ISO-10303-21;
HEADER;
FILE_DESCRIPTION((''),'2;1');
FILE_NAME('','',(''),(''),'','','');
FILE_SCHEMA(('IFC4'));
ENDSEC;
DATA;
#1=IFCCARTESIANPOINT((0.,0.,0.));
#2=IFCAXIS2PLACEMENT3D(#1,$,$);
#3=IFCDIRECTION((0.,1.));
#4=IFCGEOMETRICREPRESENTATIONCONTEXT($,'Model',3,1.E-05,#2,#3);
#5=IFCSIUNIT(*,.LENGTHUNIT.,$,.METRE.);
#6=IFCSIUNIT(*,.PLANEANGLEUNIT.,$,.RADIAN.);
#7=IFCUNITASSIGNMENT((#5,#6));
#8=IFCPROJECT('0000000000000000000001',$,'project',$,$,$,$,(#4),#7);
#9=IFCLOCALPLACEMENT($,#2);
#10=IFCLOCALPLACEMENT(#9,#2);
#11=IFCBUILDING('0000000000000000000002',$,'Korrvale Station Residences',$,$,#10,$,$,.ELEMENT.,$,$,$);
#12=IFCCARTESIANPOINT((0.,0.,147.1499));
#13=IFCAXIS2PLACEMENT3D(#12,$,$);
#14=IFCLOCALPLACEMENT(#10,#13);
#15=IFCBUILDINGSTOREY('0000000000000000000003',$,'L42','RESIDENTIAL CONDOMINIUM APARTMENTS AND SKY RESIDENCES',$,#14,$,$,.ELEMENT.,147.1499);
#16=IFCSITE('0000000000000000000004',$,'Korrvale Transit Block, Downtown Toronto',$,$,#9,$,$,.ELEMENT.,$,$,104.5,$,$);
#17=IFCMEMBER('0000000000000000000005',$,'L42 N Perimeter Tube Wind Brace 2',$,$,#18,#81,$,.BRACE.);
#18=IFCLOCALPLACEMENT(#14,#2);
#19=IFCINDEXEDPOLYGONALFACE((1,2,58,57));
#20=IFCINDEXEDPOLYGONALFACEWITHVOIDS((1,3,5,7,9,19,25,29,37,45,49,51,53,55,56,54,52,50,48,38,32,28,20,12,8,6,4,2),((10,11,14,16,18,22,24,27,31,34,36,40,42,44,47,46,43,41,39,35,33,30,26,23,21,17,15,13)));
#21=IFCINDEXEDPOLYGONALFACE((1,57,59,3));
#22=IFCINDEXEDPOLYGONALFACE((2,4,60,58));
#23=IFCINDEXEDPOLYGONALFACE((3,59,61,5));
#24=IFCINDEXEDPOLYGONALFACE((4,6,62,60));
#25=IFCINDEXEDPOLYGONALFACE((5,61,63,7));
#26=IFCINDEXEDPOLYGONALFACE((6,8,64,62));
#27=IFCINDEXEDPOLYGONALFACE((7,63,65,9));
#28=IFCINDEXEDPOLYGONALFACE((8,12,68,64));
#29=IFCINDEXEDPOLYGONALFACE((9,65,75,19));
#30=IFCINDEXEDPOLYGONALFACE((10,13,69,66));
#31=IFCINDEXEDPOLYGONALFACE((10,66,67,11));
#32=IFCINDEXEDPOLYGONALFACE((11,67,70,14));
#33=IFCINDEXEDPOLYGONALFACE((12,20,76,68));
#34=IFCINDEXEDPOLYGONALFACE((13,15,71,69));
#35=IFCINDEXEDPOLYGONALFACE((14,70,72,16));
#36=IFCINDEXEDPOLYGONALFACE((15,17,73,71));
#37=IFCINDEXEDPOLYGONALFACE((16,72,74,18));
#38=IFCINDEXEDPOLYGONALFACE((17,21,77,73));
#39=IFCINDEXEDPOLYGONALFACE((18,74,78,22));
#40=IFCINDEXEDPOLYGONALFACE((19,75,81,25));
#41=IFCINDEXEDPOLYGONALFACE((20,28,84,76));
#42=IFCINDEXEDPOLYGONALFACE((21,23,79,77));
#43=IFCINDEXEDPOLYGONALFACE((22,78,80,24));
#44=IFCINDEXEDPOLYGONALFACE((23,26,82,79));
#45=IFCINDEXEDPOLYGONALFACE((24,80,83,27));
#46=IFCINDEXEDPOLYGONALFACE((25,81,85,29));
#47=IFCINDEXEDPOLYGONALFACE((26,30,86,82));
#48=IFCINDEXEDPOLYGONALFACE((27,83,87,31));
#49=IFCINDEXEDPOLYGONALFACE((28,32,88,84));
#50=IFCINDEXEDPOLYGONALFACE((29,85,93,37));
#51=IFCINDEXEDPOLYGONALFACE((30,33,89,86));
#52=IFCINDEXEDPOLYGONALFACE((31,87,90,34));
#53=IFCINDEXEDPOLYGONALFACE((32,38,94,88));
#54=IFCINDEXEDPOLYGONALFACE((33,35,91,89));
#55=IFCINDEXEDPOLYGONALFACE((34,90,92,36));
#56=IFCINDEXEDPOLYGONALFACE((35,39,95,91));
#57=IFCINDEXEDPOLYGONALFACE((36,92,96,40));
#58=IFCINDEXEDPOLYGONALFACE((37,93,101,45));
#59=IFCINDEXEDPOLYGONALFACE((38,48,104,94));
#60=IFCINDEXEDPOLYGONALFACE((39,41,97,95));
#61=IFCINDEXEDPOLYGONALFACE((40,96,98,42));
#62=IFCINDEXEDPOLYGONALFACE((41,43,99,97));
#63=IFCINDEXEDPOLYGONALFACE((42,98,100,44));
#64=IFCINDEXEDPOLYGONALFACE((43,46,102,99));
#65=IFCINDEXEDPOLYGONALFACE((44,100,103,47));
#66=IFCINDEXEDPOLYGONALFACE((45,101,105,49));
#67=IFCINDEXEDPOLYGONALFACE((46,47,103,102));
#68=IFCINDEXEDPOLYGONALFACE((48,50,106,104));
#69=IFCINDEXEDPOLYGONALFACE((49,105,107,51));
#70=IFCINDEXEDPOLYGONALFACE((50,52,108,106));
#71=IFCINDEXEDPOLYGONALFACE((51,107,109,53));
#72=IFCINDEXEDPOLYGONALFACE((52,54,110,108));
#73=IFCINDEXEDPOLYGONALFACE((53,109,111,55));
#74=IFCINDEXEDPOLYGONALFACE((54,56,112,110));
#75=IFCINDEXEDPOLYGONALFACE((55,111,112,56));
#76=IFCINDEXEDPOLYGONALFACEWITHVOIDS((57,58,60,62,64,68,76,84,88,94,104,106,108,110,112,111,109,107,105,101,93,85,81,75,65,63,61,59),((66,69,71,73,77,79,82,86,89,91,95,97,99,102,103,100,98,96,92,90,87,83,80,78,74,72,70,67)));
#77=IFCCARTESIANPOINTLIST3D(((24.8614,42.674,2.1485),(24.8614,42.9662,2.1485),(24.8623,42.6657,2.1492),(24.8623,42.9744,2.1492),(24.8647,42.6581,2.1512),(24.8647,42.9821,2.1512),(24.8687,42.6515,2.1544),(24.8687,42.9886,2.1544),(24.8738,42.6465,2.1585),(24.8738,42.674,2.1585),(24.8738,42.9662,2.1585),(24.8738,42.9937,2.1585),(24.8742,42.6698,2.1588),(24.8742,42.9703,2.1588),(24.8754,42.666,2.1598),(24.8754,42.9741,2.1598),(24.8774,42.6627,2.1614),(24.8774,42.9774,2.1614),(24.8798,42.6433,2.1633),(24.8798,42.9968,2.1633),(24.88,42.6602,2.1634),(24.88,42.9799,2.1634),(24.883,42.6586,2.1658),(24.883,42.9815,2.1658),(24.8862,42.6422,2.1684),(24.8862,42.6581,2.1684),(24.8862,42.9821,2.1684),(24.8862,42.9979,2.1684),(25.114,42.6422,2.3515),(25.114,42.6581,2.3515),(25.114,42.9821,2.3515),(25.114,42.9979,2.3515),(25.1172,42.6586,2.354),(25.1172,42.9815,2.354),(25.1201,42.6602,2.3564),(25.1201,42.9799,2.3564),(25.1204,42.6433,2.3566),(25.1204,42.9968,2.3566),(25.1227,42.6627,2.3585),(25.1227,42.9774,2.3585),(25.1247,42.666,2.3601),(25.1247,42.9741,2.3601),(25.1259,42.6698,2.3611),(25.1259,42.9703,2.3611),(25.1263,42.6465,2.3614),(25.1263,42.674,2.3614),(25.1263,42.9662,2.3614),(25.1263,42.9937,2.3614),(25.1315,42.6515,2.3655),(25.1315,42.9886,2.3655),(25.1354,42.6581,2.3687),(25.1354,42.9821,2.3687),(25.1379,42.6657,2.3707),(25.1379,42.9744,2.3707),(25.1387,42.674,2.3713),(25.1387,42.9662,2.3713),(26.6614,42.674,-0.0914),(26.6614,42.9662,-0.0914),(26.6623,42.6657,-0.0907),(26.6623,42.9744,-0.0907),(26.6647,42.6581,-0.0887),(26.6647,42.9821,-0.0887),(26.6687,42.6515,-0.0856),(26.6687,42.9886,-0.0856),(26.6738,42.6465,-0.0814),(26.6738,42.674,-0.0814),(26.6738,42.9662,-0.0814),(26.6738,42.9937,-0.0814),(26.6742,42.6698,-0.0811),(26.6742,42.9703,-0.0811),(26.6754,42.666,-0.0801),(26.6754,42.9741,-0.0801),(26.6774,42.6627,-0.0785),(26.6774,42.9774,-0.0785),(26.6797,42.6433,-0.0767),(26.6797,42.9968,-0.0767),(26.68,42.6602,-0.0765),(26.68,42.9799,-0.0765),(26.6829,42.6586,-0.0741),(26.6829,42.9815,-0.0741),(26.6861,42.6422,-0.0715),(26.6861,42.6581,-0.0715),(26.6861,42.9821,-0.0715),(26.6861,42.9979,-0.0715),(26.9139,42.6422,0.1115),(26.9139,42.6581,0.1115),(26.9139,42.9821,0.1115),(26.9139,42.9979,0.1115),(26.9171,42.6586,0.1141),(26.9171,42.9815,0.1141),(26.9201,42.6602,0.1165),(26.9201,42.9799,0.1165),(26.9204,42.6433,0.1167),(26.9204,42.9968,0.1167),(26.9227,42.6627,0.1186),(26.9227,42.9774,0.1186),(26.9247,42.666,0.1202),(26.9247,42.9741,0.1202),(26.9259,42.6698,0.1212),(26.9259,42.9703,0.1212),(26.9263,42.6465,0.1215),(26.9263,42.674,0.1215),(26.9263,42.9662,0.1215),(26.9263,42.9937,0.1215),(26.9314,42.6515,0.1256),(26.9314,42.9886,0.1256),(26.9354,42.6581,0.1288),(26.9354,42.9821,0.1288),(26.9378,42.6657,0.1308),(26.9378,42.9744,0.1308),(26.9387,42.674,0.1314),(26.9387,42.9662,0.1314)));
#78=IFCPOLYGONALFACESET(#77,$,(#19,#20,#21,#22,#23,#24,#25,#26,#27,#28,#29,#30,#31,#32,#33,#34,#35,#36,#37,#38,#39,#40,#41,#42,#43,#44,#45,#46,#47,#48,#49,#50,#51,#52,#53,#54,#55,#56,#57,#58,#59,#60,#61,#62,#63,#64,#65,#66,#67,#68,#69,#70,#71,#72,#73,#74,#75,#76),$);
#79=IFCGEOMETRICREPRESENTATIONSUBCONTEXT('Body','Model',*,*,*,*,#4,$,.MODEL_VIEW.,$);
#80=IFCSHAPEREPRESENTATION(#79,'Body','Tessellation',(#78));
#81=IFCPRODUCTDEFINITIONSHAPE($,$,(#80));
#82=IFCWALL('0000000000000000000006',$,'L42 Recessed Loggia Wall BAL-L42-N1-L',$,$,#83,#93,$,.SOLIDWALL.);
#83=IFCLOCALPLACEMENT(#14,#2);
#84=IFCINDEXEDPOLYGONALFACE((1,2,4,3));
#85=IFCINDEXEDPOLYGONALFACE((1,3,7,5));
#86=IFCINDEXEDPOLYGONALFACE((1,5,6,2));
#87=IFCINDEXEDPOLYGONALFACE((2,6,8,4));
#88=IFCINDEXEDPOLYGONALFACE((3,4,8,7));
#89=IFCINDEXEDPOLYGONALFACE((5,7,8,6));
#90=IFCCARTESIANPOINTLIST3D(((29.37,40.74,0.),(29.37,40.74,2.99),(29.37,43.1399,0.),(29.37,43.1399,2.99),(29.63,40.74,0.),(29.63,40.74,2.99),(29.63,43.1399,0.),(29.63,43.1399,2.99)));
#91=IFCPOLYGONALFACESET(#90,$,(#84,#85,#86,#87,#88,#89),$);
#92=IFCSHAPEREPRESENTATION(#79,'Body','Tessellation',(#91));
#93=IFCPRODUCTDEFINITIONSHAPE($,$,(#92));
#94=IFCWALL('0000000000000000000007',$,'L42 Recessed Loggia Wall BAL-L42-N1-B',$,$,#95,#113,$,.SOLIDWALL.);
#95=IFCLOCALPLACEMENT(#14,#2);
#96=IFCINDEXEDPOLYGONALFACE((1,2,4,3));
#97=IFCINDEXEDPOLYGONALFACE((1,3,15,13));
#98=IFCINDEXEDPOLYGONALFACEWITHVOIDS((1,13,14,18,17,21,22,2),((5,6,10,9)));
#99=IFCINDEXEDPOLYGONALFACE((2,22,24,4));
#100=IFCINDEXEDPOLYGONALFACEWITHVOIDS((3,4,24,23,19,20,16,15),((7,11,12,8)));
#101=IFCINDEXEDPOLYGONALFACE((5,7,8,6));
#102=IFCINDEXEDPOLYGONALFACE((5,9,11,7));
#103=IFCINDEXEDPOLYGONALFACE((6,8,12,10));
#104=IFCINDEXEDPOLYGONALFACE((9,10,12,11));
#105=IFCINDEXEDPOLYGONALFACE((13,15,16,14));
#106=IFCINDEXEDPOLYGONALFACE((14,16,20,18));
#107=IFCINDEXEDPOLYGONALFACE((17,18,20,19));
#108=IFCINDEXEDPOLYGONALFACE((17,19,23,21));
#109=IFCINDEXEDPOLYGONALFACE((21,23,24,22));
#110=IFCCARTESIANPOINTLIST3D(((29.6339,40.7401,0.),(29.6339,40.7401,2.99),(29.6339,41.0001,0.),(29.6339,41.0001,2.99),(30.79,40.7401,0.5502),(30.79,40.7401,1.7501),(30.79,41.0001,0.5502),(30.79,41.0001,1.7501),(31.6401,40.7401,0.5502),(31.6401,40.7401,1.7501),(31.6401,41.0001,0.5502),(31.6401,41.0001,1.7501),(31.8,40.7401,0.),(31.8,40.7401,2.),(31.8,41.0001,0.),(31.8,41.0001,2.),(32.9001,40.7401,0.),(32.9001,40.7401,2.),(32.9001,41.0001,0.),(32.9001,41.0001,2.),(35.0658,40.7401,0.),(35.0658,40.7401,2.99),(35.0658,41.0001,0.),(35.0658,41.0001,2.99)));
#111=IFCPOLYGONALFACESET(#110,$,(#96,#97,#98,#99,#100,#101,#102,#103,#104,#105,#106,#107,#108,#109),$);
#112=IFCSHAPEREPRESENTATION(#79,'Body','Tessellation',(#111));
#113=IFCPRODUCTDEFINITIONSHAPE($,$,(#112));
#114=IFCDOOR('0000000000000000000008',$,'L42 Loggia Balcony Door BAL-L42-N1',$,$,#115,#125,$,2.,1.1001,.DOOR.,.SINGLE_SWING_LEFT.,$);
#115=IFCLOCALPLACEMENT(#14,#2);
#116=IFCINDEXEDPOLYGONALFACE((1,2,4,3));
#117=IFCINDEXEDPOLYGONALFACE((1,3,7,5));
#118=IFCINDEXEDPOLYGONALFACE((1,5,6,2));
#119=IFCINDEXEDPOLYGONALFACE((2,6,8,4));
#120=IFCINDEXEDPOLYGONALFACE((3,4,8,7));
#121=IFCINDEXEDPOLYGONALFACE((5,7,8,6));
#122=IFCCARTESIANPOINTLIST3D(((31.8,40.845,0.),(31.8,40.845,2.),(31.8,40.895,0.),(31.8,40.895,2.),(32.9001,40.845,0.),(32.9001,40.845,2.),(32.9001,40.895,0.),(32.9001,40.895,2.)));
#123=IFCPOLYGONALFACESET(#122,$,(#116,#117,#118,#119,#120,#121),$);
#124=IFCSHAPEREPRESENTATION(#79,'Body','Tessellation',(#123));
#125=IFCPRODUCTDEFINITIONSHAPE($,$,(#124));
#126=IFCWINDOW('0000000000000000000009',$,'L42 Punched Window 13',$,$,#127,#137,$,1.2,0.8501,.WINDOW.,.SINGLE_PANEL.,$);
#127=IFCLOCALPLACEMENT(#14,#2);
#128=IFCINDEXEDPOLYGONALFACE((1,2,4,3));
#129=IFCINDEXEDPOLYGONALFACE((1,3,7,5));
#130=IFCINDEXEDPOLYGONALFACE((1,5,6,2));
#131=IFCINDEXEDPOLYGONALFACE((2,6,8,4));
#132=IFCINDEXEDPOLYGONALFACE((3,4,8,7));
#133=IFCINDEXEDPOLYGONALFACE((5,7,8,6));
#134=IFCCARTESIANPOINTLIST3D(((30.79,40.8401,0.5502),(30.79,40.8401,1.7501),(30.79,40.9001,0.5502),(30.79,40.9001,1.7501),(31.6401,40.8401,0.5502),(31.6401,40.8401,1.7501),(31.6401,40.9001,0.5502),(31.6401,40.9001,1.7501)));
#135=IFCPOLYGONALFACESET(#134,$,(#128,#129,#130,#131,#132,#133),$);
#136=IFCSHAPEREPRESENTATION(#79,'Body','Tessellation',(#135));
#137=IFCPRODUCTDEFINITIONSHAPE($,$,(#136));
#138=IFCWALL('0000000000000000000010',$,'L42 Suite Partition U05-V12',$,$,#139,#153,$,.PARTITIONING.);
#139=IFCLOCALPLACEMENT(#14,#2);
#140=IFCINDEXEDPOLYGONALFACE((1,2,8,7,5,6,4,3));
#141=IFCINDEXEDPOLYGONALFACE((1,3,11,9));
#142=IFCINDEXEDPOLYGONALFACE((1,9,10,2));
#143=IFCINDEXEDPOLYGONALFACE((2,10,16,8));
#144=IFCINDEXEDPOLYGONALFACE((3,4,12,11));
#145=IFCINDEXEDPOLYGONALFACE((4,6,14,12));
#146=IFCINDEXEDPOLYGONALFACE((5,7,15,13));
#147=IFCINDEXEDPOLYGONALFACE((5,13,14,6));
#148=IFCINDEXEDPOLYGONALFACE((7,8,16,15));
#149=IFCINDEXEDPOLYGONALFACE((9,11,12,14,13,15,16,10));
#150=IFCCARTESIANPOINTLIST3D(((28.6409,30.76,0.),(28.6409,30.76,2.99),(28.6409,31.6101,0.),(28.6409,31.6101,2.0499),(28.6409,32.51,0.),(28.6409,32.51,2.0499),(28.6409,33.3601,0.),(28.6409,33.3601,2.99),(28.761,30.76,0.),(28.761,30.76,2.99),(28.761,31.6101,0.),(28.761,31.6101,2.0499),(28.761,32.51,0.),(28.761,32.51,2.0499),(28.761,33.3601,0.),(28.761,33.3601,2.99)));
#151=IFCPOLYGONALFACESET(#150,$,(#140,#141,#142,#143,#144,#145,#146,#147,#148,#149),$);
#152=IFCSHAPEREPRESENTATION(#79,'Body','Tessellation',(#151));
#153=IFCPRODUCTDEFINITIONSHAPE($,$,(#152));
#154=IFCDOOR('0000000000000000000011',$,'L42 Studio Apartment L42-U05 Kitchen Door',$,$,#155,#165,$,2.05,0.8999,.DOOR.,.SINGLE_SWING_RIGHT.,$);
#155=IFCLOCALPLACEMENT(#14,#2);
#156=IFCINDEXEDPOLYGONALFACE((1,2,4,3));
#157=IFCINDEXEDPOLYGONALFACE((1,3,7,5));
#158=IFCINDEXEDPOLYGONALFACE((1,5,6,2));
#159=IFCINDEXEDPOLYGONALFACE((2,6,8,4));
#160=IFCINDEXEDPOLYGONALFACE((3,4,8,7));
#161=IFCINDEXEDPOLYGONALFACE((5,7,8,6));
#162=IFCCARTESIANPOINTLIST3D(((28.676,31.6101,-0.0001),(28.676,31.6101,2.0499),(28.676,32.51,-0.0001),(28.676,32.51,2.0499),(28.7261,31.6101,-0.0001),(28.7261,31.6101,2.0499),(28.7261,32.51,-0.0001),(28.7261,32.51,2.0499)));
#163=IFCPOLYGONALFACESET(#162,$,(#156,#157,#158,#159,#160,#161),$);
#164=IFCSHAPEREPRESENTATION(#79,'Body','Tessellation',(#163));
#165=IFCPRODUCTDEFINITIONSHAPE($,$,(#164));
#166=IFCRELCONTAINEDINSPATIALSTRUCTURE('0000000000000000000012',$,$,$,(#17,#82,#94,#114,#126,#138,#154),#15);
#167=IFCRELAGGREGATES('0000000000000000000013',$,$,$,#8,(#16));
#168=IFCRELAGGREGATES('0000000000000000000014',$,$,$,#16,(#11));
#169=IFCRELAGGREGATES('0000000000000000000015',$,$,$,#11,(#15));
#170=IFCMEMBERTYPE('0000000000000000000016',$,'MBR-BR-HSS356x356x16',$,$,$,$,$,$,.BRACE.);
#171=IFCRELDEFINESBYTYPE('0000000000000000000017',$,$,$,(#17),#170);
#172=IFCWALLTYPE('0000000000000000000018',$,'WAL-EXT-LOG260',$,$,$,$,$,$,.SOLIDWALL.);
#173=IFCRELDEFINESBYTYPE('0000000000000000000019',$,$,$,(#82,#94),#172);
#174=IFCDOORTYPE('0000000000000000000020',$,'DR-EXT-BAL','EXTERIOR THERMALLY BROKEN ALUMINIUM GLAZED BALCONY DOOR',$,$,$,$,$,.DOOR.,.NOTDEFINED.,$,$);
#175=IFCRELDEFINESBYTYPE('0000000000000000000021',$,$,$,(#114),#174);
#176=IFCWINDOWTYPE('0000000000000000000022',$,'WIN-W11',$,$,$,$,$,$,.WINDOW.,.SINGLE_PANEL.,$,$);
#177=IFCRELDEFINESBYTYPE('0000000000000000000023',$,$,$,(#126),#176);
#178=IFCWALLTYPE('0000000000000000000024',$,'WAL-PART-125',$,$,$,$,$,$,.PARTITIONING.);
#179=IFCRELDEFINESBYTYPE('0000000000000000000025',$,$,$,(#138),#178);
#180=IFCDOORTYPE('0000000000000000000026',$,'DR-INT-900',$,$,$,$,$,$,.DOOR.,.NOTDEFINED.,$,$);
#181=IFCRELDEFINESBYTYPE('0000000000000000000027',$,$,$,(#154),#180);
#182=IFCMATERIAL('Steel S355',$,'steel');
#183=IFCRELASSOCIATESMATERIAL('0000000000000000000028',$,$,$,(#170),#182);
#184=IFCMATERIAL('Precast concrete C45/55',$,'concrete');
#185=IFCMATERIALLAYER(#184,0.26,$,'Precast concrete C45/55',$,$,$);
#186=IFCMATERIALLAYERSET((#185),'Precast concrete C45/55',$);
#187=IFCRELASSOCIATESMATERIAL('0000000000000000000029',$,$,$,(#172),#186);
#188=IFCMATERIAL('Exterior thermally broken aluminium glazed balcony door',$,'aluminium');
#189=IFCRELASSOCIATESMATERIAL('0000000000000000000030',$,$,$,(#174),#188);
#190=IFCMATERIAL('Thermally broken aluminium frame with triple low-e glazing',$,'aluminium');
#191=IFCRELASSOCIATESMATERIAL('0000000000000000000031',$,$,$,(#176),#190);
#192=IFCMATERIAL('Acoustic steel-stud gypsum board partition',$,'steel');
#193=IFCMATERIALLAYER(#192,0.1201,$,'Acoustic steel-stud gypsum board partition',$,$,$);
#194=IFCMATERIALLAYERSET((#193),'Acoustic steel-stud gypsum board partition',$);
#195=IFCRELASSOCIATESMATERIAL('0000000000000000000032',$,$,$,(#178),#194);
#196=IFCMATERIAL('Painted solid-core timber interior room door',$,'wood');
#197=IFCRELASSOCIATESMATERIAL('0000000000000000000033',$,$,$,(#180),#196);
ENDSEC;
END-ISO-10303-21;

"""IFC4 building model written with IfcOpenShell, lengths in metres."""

from ifc_helpers import new_model, si_unit, direction, frame, frame_2d, origin, origin_2d, place, context, subcontext, project, spatial, rectangle, hollow_rectangle, extrude, material, layer, layer_set, material_profile, profile_set, type_object, element, fill, save


model = new_model("IFC4")

# Units and contexts
model_context = context("Model", 3, precision=1e-05, world=origin(), true_north=direction((0.0, 1.0)))
body_context = subcontext(model_context, "Body", "Model", "MODEL_VIEW")
ifc_project = project(units=[si_unit("LENGTHUNIT", "METRE"), si_unit("PLANEANGLEUNIT", "RADIAN")], contexts=[model_context])

# Site, building, storey
site_placement = place(None, origin())
site = spatial("IfcSite", under=ifc_project, at=site_placement, Name="Korrvale Transit Block, Downtown Toronto", CompositionType="ELEMENT", RefElevation=104.5)
building_placement = place(site_placement, origin())
building = spatial("IfcBuilding", under=site, at=building_placement, Name="Korrvale Station Residences", CompositionType="ELEMENT")
storey_placement = place(building_placement, frame((0.0, 0.0, 147.1499)))
storey = spatial("IfcBuildingStorey", under=building, at=storey_placement, Name="L42", Description="RESIDENTIAL CONDOMINIUM APARTMENTS AND SKY RESIDENCES", CompositionType="ELEMENT", Elevation=147.1499)

# Shared definitions
ifc_material_1 = material(Name="Steel S355", Category="steel")

# Member
ifc_material_profile_1 = material_profile(ifc_material_1, hollow_rectangle(XDim=0.3557, YDim=0.3557, WallThickness=0.0159, InnerFilletRadius=0.0159, OuterFilletRadius=0.0317, at=origin_2d()), Name="HSS356x356x16")
ifc_profile_set_1 = profile_set([ifc_material_profile_1], Name="Steel S355")
member_type = type_object("IfcMemberType", Name="MBR-BR-HSS356x356x16", PredefinedType="BRACE", material=ifc_profile_set_1)
member_placement = place(storey_placement, frame((26.8, 42.8201, 0.02), z_axis=(-0.626403, 0.0, 0.779499), x_axis=(0.0, -1.0, 0.0)))
element("IfcMember", 1, at=member_placement, inside=storey, type_object=member_type, Name="L42 N Perimeter Tube Wind Brace 2", PredefinedType="BRACE", context=body_context, shape_type="SweptSolid", body=[
    extrude(hollow_rectangle(XDim=0.3557, YDim=0.3557, WallThickness=0.0159, InnerFilletRadius=0.0159, OuterFilletRadius=0.0317, at=origin_2d()), origin(), (0.0, 0.0, 1.0), 2.8735),
])

# Wall
ifc_material_2 = material(Name="Precast concrete C45/55", Category="concrete")
ifc_layer_1 = layer(ifc_material_2, 0.26, Name="Precast concrete C45/55")
ifc_layer_set_1 = layer_set([ifc_layer_1], Name="Precast concrete C45/55")
wall_type_1 = type_object("IfcWallType", Name="WAL-EXT-LOG260", PredefinedType="SOLIDWALL", material=ifc_layer_set_1)
wall_1_placement = place(storey_placement, frame((29.5, 43.1399, 0.0), z_axis=(0.0, 0.0, 1.0), x_axis=(0.0, -1.0, 0.0)))
element("IfcWall", 2, at=wall_1_placement, inside=storey, type_object=wall_type_1, Name="L42 Recessed Loggia Wall BAL-L42-N1-L", PredefinedType="SOLIDWALL", context=body_context, shape_type="SweptSolid", body=[
    extrude(rectangle(XDim=2.3999, YDim=0.26, at=frame_2d((1.2, 0.0))), origin(), (0.0, 0.0, 1.0), 2.99),
])

# Wall, openings, door, window
wall_2_placement = place(storey_placement, frame((29.634, 40.8701, 0.0), z_axis=(0.0, 0.0, 1.0), x_axis=(1.0, 0.0, 0.0)))
wall_2 = element("IfcWall", 3, at=wall_2_placement, inside=storey, type_object=wall_type_1, Name="L42 Recessed Loggia Wall BAL-L42-N1-B", PredefinedType="SOLIDWALL", context=body_context, shape_type="SweptSolid", body=[
    extrude(rectangle(XDim=5.4319, YDim=0.26, at=frame_2d((2.7158, 0.0))), origin(), (0.0, 0.0, 1.0), 2.99),
])
opening_1_placement = place(wall_2_placement, frame((2.166, 0.0, 0.0)))
opening_1 = element("IfcOpeningElement", 4, at=opening_1_placement, cuts=wall_2, PredefinedType="OPENING", context=body_context, shape_type="SweptSolid", body=[
    extrude(rectangle(XDim=1.1001, YDim=2.0, at=frame_2d((0.55, 1.0))), frame((0.0, 0.1401, 0.0), z_axis=(0.0, -1.0, 0.0), x_axis=(1.0, 0.0, 0.0)), (0.0, 0.0, 1.0), 0.28),
])
opening_2_placement = place(wall_2_placement, frame((1.156, 0.0, 0.55)))
opening_2 = element("IfcOpeningElement", 5, at=opening_2_placement, cuts=wall_2, PredefinedType="OPENING", context=body_context, shape_type="SweptSolid", body=[
    extrude(rectangle(XDim=0.8501, YDim=1.2, at=frame_2d((0.425, 0.6001))), frame((0.0, 0.1401, 0.0), z_axis=(0.0, -1.0, 0.0), x_axis=(1.0, 0.0, 0.0)), (0.0, 0.0, 1.0), 0.28),
])
ifc_material_3 = material(Name="Exterior thermally broken aluminium glazed balcony door", Category="aluminium")
door_type_1 = type_object("IfcDoorType", Name="DR-EXT-BAL", Description="EXTERIOR THERMALLY BROKEN ALUMINIUM GLAZED BALCONY DOOR", OperationType="NOTDEFINED", PredefinedType="DOOR", material=ifc_material_3)
door_1_placement = place(opening_1_placement, origin())
door_1 = element("IfcDoor", 6, at=door_1_placement, inside=storey, type_object=door_type_1, Name="L42 Loggia Balcony Door BAL-L42-N1", OperationType="SINGLE_SWING_LEFT", OverallHeight=2.0, OverallWidth=1.1001, PredefinedType="DOOR", context=body_context, shape_type="SweptSolid", body=[
    extrude(rectangle(XDim=1.1001, YDim=2.0, at=frame_2d((0.55, 1.0))), frame((0.0, 0.0249, 0.0), z_axis=(0.0, -1.0, 0.0), x_axis=(1.0, 0.0, 0.0)), (0.0, 0.0, 1.0), 0.05),
])
fill(opening_1, door_1)
ifc_material_4 = material(Name="Thermally broken aluminium frame with triple low-e glazing", Category="aluminium")
window_type = type_object("IfcWindowType", Name="WIN-W11", PartitioningType="SINGLE_PANEL", PredefinedType="WINDOW", material=ifc_material_4)
window_placement = place(opening_2_placement, origin())
window = element("IfcWindow", 7, at=window_placement, inside=storey, type_object=window_type, Name="L42 Punched Window 13", OverallHeight=1.2, OverallWidth=0.8501, PartitioningType="SINGLE_PANEL", PredefinedType="WINDOW", context=body_context, shape_type="SweptSolid", body=[
    extrude(rectangle(XDim=0.8501, YDim=1.2, at=frame_2d((0.425, 0.6001))), frame((0.0, 0.03, 0.0), z_axis=(0.0, -1.0, 0.0), x_axis=(1.0, 0.0, 0.0)), (0.0, 0.0, 1.0), 0.0601),
])
fill(opening_2, window)

# Wall, opening, door
ifc_material_5 = material(Name="Acoustic steel-stud gypsum board partition", Category="steel")
ifc_layer_2 = layer(ifc_material_5, 0.1201, Name="Acoustic steel-stud gypsum board partition")
ifc_layer_set_2 = layer_set([ifc_layer_2], Name="Acoustic steel-stud gypsum board partition")
wall_type_2 = type_object("IfcWallType", Name="WAL-PART-125", PredefinedType="PARTITIONING", material=ifc_layer_set_2)
wall_3_placement = place(storey_placement, frame((28.7009, 30.76, 0.0), z_axis=(0.0, 0.0, 1.0), x_axis=(0.0, 1.0, 0.0)))
wall_3 = element("IfcWall", 8, at=wall_3_placement, inside=storey, type_object=wall_type_2, Name="L42 Suite Partition U05-V12", PredefinedType="PARTITIONING", context=body_context, shape_type="SweptSolid", body=[
    extrude(rectangle(XDim=2.6001, YDim=0.1201, at=frame_2d((1.3, 0.0))), origin(), (0.0, 0.0, 1.0), 2.99),
])
opening_3_placement = place(wall_3_placement, frame((0.8501, 0.0, 0.0)))
opening_3 = element("IfcOpeningElement", 9, at=opening_3_placement, cuts=wall_3, PredefinedType="OPENING", context=body_context, shape_type="SweptSolid", body=[
    extrude(rectangle(XDim=0.8999, YDim=2.05, at=frame_2d((0.45, 1.0249))), frame((0.0, 0.0701, 0.0), z_axis=(0.0, -1.0, 0.0), x_axis=(1.0, 0.0, 0.0)), (0.0, 0.0, 1.0), 0.1401),
])
ifc_material_6 = material(Name="Painted solid-core timber interior room door", Category="wood")
door_type_2 = type_object("IfcDoorType", Name="DR-INT-900", OperationType="NOTDEFINED", PredefinedType="DOOR", material=ifc_material_6)
door_2_placement = place(opening_3_placement, origin())
door_2 = element("IfcDoor", 10, at=door_2_placement, inside=storey, type_object=door_type_2, Name="L42 Studio Apartment L42-U05 Kitchen Door", OperationType="SINGLE_SWING_RIGHT", OverallHeight=2.05, OverallWidth=0.8999, PredefinedType="DOOR", context=body_context, shape_type="SweptSolid", body=[
    extrude(rectangle(XDim=0.8999, YDim=2.05, at=frame_2d((0.45, 1.0249))), frame((0.0, 0.0249, 0.0), z_axis=(0.0, -1.0, 0.0), x_axis=(1.0, 0.0, 0.0)), (0.0, 0.0, 1.0), 0.05),
])
fill(opening_3, door_2)

save(model, "model.ifc")
